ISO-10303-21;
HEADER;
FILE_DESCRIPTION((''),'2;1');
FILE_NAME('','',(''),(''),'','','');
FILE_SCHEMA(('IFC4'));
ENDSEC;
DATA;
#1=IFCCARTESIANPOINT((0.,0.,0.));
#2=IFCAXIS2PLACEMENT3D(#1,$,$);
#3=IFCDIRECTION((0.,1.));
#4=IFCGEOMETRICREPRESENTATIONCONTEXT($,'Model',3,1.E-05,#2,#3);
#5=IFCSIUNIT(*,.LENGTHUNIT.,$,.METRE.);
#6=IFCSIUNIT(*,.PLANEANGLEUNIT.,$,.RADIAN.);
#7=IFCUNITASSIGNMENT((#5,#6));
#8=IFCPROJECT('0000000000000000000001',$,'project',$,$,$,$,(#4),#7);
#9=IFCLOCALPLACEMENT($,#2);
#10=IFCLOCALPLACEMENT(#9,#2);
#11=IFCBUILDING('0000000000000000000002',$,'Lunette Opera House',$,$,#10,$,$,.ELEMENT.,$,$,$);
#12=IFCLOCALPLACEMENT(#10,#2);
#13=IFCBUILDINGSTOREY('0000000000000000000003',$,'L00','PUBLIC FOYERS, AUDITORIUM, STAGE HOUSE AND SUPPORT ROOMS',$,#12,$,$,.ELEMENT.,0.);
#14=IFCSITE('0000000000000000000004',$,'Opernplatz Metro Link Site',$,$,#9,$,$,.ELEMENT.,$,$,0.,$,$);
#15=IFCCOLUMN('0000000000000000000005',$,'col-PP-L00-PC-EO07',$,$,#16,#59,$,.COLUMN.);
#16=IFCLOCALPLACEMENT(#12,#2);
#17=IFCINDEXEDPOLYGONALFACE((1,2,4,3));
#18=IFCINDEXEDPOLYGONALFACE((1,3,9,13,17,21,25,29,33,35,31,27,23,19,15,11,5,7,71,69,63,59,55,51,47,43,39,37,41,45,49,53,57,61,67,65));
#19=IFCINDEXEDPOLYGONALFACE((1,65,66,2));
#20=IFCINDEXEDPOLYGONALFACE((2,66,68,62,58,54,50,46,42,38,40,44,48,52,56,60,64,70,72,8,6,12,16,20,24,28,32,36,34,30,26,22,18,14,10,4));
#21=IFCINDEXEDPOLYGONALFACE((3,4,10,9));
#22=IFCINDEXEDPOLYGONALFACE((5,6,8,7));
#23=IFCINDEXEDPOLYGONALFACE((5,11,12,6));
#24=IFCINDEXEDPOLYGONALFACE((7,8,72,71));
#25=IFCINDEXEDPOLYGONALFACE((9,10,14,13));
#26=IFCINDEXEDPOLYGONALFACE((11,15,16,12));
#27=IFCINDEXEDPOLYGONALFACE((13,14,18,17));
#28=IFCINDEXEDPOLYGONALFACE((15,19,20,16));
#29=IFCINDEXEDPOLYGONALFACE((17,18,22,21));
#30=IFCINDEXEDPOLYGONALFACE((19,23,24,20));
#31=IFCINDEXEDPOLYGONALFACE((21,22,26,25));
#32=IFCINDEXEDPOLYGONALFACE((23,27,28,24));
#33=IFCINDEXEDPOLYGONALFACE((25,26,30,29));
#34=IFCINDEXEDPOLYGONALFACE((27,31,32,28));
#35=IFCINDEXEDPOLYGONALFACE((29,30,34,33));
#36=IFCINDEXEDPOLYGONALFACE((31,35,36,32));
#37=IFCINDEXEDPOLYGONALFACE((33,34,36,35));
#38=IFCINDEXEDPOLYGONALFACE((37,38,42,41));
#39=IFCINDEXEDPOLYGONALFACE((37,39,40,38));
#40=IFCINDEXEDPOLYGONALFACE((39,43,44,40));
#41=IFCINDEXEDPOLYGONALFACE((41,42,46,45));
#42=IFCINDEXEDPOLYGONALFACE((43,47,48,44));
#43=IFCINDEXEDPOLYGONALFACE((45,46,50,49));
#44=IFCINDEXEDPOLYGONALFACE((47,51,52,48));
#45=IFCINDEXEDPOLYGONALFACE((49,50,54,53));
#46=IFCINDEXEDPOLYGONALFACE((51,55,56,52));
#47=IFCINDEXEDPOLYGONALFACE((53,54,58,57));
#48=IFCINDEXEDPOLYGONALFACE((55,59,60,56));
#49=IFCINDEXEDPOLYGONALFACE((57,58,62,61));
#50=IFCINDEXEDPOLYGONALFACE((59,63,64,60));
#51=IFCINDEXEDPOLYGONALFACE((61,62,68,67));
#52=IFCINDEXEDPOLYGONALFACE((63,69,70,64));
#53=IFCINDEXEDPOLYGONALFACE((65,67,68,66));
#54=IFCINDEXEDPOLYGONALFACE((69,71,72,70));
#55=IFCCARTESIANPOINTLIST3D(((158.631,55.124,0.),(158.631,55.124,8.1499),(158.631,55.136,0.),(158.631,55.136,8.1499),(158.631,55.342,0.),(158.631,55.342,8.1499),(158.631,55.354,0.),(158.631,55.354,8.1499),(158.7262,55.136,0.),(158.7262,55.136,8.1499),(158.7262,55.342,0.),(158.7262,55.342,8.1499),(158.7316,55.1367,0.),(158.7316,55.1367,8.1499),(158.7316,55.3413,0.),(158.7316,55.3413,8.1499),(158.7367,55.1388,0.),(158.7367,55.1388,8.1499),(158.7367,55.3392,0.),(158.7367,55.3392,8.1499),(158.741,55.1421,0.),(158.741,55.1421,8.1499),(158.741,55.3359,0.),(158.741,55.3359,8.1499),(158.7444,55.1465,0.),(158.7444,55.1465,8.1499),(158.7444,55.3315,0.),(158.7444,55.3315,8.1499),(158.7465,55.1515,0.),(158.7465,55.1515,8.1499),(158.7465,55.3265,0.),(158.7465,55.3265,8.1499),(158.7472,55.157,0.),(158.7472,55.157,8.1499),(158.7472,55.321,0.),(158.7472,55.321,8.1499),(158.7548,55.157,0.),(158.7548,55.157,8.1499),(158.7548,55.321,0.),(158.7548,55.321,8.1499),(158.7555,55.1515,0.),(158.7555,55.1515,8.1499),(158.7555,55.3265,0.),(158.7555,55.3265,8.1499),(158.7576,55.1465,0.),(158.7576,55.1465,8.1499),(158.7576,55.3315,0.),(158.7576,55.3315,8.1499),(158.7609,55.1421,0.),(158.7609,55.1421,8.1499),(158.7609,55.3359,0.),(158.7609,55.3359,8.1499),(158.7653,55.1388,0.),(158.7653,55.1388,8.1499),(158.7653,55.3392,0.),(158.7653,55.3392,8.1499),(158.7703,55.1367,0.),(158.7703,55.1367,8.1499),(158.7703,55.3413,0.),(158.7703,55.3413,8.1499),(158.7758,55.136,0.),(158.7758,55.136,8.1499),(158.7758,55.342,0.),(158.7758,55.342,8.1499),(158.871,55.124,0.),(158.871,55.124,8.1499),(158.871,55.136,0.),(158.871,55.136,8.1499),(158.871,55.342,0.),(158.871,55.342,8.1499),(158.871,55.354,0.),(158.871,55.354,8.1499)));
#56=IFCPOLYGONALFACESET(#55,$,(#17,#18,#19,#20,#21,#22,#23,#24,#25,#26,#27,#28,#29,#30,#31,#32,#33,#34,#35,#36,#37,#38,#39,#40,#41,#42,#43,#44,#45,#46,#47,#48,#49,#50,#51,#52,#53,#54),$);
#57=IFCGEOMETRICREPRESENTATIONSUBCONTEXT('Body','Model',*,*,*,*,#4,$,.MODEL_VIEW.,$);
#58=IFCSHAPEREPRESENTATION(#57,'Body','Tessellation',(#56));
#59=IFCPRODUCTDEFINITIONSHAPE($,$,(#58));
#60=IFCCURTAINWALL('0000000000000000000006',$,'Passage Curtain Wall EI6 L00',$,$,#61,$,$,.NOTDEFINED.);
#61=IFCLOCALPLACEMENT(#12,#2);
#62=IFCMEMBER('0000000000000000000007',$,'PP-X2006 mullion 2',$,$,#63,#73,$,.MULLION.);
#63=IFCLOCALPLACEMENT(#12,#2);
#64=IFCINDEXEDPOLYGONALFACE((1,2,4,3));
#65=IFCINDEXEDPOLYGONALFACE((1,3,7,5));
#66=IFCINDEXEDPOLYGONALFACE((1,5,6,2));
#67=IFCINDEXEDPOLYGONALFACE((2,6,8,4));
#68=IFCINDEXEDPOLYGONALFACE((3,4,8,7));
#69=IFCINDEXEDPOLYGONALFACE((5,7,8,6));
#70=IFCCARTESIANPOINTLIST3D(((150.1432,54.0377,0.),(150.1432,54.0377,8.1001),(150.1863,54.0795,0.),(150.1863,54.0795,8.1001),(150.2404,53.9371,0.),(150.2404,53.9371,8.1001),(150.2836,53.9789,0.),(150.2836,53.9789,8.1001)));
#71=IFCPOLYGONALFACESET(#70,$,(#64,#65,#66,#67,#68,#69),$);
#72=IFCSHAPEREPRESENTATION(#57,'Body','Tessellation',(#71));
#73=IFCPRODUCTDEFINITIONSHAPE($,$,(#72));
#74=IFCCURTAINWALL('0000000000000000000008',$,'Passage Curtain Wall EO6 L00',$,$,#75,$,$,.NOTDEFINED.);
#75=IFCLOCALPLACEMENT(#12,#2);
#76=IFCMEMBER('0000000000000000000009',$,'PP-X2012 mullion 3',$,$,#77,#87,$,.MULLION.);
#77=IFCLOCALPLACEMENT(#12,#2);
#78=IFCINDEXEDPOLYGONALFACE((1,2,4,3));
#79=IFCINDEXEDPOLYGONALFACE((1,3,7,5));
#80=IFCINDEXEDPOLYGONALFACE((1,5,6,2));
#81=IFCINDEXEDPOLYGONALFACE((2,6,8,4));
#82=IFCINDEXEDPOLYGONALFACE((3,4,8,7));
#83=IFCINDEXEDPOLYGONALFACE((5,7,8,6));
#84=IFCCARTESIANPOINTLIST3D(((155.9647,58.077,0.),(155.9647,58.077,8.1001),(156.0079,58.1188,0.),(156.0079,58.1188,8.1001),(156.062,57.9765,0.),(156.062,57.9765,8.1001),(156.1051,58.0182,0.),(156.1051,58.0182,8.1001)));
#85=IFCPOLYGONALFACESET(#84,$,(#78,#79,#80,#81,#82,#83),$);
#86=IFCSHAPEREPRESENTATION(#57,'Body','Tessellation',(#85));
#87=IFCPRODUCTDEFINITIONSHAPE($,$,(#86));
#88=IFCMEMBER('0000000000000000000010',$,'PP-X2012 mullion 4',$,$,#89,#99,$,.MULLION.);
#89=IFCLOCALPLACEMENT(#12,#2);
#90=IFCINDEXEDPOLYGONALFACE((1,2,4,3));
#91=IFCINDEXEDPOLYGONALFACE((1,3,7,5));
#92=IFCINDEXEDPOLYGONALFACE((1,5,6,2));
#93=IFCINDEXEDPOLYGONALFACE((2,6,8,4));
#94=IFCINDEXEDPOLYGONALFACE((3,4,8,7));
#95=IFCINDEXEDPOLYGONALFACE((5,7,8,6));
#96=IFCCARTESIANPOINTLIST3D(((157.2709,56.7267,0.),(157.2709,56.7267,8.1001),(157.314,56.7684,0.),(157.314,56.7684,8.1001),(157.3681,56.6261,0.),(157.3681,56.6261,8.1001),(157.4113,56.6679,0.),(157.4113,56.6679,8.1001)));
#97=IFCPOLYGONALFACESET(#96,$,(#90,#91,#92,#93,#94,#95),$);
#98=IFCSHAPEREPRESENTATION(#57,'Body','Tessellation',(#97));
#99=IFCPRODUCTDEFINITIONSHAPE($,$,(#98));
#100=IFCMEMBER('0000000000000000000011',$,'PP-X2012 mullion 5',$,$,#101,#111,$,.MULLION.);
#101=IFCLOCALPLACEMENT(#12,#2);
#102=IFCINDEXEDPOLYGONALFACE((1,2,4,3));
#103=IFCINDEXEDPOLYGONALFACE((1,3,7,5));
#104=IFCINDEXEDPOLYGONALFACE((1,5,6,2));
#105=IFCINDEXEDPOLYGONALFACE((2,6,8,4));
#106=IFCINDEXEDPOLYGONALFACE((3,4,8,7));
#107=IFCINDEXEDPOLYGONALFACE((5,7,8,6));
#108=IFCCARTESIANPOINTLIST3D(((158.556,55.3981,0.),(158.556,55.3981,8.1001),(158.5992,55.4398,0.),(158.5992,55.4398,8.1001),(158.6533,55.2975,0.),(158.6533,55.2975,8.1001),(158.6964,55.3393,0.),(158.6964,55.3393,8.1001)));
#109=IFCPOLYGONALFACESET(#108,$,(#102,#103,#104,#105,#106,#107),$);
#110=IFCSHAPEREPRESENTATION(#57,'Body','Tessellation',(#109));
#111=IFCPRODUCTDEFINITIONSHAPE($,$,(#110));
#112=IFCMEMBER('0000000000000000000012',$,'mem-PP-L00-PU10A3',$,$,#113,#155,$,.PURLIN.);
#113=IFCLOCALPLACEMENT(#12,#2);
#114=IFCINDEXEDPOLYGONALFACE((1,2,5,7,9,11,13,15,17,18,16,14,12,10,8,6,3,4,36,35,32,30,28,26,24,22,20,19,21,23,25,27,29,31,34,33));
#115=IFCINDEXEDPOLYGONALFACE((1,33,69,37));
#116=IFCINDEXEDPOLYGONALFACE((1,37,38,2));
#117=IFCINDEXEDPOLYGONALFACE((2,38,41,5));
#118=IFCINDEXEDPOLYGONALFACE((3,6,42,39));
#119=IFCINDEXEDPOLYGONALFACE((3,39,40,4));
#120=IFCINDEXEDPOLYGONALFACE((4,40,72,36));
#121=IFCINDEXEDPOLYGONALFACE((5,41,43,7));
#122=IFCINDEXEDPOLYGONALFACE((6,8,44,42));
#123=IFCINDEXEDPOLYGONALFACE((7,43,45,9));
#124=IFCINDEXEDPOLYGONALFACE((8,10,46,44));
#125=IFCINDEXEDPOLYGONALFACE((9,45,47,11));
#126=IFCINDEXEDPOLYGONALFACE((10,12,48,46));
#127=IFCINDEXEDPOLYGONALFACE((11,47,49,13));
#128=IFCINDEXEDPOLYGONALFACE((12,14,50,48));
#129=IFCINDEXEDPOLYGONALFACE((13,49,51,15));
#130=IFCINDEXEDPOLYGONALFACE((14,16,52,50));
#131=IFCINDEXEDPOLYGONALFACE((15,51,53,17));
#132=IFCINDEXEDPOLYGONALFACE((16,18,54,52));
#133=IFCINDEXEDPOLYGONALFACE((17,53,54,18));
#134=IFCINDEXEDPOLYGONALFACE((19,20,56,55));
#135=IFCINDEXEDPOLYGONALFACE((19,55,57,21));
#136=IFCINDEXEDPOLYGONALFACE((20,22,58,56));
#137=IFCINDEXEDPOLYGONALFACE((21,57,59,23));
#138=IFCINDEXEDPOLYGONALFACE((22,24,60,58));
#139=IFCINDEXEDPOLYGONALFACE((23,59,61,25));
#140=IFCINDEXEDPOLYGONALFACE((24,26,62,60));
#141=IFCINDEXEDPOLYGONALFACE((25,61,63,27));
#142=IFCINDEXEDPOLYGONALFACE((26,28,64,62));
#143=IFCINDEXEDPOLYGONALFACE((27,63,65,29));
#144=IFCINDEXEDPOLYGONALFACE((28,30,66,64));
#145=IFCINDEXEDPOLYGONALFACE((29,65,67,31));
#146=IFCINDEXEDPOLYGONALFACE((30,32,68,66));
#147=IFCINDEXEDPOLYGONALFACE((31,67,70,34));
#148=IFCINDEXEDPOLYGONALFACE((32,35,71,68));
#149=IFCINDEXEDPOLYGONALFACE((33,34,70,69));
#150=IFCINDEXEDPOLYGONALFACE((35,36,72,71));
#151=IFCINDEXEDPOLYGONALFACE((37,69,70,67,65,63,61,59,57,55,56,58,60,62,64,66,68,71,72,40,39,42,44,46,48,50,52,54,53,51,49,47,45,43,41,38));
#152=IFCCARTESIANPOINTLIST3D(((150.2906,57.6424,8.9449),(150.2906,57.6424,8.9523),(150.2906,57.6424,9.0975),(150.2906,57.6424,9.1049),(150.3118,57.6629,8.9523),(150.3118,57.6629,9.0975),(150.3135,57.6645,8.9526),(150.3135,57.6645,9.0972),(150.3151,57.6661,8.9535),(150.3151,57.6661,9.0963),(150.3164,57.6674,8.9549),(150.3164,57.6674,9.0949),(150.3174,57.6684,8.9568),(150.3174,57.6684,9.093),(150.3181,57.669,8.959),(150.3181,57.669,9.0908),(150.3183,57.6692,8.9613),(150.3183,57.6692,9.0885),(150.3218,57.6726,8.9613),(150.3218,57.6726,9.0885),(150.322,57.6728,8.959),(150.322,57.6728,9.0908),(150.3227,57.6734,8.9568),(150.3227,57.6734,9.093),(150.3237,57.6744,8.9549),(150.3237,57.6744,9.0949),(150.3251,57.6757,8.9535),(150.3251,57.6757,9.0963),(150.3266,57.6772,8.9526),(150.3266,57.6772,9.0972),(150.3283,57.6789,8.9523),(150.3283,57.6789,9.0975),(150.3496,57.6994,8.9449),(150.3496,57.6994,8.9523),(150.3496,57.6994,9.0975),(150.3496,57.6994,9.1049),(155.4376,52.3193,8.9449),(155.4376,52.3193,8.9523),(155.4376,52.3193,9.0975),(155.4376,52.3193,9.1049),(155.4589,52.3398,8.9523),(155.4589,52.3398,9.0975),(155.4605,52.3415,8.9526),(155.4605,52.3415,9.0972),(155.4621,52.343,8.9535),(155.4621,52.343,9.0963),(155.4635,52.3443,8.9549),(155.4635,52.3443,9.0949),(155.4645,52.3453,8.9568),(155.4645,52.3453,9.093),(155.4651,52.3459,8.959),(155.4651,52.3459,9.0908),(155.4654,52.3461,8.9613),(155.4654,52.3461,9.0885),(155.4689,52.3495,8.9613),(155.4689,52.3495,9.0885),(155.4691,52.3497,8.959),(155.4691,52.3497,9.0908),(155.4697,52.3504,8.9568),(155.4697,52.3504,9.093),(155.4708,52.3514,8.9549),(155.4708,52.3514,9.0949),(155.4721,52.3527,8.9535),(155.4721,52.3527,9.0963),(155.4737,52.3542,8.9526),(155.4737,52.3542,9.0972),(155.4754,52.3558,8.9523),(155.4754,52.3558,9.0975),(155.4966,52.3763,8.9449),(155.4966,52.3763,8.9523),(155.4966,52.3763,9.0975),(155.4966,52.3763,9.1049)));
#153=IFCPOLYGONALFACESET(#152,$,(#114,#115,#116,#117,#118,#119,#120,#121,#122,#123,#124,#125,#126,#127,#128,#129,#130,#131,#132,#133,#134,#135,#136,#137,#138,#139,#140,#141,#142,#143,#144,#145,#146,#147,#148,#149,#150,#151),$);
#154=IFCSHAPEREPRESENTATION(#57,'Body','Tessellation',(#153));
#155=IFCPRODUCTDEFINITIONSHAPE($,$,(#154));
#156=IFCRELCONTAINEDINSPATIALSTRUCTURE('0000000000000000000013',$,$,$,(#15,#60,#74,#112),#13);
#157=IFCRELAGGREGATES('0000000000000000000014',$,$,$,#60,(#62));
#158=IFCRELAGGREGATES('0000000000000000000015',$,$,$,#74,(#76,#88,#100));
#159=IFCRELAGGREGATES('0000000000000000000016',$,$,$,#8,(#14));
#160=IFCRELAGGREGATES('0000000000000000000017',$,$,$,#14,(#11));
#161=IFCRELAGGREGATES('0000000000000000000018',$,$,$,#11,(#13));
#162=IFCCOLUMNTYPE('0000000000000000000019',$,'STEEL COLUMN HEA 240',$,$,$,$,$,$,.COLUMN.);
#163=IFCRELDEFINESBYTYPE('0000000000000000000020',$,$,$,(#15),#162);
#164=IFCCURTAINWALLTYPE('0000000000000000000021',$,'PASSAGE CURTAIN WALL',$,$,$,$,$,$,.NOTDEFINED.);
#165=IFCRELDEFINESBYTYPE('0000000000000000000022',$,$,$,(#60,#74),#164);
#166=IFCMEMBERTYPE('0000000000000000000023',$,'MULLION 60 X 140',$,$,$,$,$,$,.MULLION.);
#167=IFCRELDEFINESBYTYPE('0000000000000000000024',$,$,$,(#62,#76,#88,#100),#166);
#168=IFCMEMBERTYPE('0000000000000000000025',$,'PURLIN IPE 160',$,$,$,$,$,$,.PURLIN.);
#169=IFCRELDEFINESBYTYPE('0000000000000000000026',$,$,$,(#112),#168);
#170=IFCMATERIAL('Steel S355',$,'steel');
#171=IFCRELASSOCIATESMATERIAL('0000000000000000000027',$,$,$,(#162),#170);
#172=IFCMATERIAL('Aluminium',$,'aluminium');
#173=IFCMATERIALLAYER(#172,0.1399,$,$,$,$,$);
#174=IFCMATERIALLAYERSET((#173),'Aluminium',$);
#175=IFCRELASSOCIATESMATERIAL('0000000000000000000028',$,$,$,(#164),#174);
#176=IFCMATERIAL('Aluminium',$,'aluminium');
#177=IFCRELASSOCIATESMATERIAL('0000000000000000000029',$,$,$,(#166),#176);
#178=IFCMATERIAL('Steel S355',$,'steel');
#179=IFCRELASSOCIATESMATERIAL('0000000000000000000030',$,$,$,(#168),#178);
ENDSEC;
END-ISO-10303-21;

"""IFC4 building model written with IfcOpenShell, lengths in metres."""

from ifc_helpers import new_model, si_unit, direction, frame, origin, origin_2d, place, context, subcontext, project, spatial, rectangle, i_section, extrude, material, layer, layer_set, material_profile, profile_set, type_object, element, aggregate, save


model = new_model("IFC4")

# Units and contexts
model_context = context("Model", 3, precision=1e-05, world=origin(), true_north=direction((0.0, 1.0)))
body_context = subcontext(model_context, "Body", "Model", "MODEL_VIEW")
ifc_project = project(units=[si_unit("LENGTHUNIT", "METRE"), si_unit("PLANEANGLEUNIT", "RADIAN")], contexts=[model_context])

# Site, building, storey
site_placement = place(None, origin())
site = spatial("IfcSite", under=ifc_project, at=site_placement, Name="Opernplatz Metro Link Site", CompositionType="ELEMENT", RefElevation=0.0)
building_placement = place(site_placement, origin())
building = spatial("IfcBuilding", under=site, at=building_placement, Name="Lunette Opera House", CompositionType="ELEMENT")
storey_placement = place(building_placement, origin())
storey = spatial("IfcBuildingStorey", under=building, at=storey_placement, Name="L00", Description="PUBLIC FOYERS, AUDITORIUM, STAGE HOUSE AND SUPPORT ROOMS", CompositionType="ELEMENT", Elevation=0.0)

# Column
ifc_material_1 = material(Name="Steel S355", Category="steel")
ifc_material_profile_1 = material_profile(ifc_material_1, i_section(OverallWidth=0.24, OverallDepth=0.23, WebThickness=0.0076, FlangeThickness=0.012, FilletRadius=0.021, at=origin_2d()), Name="HEA 240")
ifc_profile_set_1 = profile_set([ifc_material_profile_1], Name="Steel S355")
column_type = type_object("IfcColumnType", Name="STEEL COLUMN HEA 240", PredefinedType="COLUMN", material=ifc_profile_set_1)
column_placement = place(storey_placement, frame((158.751, 55.239, 0.0), z_axis=(0.0, 0.0, 1.0), x_axis=(1.0, 0.0, 0.0)))
element("IfcColumn", 1, at=column_placement, inside=storey, type_object=column_type, Name="col-PP-L00-PC-EO07", PredefinedType="COLUMN", context=body_context, shape_type="SweptSolid", body=[
    extrude(i_section(OverallWidth=0.24, OverallDepth=0.23, WebThickness=0.0076, FlangeThickness=0.012, FilletRadius=0.021, at=origin_2d()), origin(), (0.0, 0.0, 1.0), 8.1499),
])

# Curtain wall, member
ifc_material_2 = material(Name="Aluminium", Category="aluminium")
ifc_layer_1 = layer(ifc_material_2, 0.1399)
ifc_layer_set_1 = layer_set([ifc_layer_1], Name="Aluminium")
curtain_wall_type = type_object("IfcCurtainWallType", Name="PASSAGE CURTAIN WALL", PredefinedType="NOTDEFINED", material=ifc_layer_set_1)
curtain_wall_1_placement = place(storey_placement, origin())
curtain_wall_1 = element("IfcCurtainWall", 2, at=curtain_wall_1_placement, inside=storey, type_object=curtain_wall_type, Name="Passage Curtain Wall EI6 L00", PredefinedType="NOTDEFINED")
ifc_material_3 = material(Name="Aluminium", Category="aluminium")
ifc_material_profile_2 = material_profile(ifc_material_3, rectangle(XDim=0.0601, YDim=0.1399, at=origin_2d()), Name="MULLION 60 X 140")
ifc_profile_set_2 = profile_set([ifc_material_profile_2], Name="Aluminium")
member_type_1 = type_object("IfcMemberType", Name="MULLION 60 X 140", PredefinedType="MULLION", material=ifc_profile_set_2)
member_1_placement = place(storey_placement, frame((150.2134, 54.0083, 0.0), z_axis=(0.0, 0.0, 1.0), x_axis=(0.718889, 0.695125, 0.0)))
member_1 = element("IfcMember", 3, at=member_1_placement, type_object=member_type_1, Name="PP-X2006 mullion 2", PredefinedType="MULLION", context=body_context, shape_type="SweptSolid", body=[
    extrude(rectangle(XDim=0.0601, YDim=0.1399, at=origin_2d()), origin(), (0.0, 0.0, 1.0), 8.1001),
])

# Curtain wall, members
curtain_wall_2_placement = place(storey_placement, origin())
curtain_wall_2 = element("IfcCurtainWall", 4, at=curtain_wall_2_placement, inside=storey, type_object=curtain_wall_type, Name="Passage Curtain Wall EO6 L00", PredefinedType="NOTDEFINED")
member_2_placement = place(storey_placement, frame((156.0349, 58.0476, 0.0), z_axis=(0.0, 0.0, 1.0), x_axis=(0.718787, 0.695231, 0.0)))
member_2 = element("IfcMember", 5, at=member_2_placement, type_object=member_type_1, Name="PP-X2012 mullion 3", PredefinedType="MULLION", context=body_context, shape_type="SweptSolid", body=[
    extrude(rectangle(XDim=0.0601, YDim=0.1399, at=origin_2d()), origin(), (0.0, 0.0, 1.0), 8.1001),
])
member_3_placement = place(storey_placement, frame((157.3411, 56.6973, 0.0), z_axis=(0.0, 0.0, 1.0), x_axis=(0.718787, 0.695231, 0.0)))
member_3 = element("IfcMember", 6, at=member_3_placement, type_object=member_type_1, Name="PP-X2012 mullion 4", PredefinedType="MULLION", context=body_context, shape_type="SweptSolid", body=[
    extrude(rectangle(XDim=0.0601, YDim=0.1399, at=origin_2d()), origin(), (0.0, 0.0, 1.0), 8.1001),
])
member_4_placement = place(storey_placement, frame((158.6262, 55.3687, 0.0), z_axis=(0.0, 0.0, 1.0), x_axis=(0.718787, 0.695231, 0.0)))
member_4 = element("IfcMember", 7, at=member_4_placement, type_object=member_type_1, Name="PP-X2012 mullion 5", PredefinedType="MULLION", context=body_context, shape_type="SweptSolid", body=[
    extrude(rectangle(XDim=0.0601, YDim=0.1399, at=origin_2d()), origin(), (0.0, 0.0, 1.0), 8.1001),
])

# Member
ifc_material_4 = material(Name="Steel S355", Category="steel")
ifc_material_profile_3 = material_profile(ifc_material_4, i_section(OverallWidth=0.082, OverallDepth=0.1599, WebThickness=0.0049, FlangeThickness=0.0073, FilletRadius=0.009, at=origin_2d()), Name="IPE 160")
ifc_profile_set_3 = profile_set([ifc_material_profile_3], Name="Steel S355")
member_type_2 = type_object("IfcMemberType", Name="PURLIN IPE 160", PredefinedType="PURLIN", material=ifc_profile_set_3)
member_5_placement = place(storey_placement, frame((150.3201, 57.6709, 9.0249), z_axis=(0.69512, -0.718893, 0.0), x_axis=(0.718893, 0.69512, 0.0)))
element("IfcMember", 8, at=member_5_placement, inside=storey, type_object=member_type_2, Name="mem-PP-L00-PU10A3", PredefinedType="PURLIN", context=body_context, shape_type="SweptSolid", body=[
    extrude(i_section(OverallWidth=0.082, OverallDepth=0.1599, WebThickness=0.0049, FlangeThickness=0.0073, FilletRadius=0.009, at=origin_2d()), origin(), (0.0, 0.0, 1.0), 7.4045),
])

aggregate(curtain_wall_1, [member_1])
aggregate(curtain_wall_2, [member_2, member_3, member_4])

save(model, "model.ifc")
